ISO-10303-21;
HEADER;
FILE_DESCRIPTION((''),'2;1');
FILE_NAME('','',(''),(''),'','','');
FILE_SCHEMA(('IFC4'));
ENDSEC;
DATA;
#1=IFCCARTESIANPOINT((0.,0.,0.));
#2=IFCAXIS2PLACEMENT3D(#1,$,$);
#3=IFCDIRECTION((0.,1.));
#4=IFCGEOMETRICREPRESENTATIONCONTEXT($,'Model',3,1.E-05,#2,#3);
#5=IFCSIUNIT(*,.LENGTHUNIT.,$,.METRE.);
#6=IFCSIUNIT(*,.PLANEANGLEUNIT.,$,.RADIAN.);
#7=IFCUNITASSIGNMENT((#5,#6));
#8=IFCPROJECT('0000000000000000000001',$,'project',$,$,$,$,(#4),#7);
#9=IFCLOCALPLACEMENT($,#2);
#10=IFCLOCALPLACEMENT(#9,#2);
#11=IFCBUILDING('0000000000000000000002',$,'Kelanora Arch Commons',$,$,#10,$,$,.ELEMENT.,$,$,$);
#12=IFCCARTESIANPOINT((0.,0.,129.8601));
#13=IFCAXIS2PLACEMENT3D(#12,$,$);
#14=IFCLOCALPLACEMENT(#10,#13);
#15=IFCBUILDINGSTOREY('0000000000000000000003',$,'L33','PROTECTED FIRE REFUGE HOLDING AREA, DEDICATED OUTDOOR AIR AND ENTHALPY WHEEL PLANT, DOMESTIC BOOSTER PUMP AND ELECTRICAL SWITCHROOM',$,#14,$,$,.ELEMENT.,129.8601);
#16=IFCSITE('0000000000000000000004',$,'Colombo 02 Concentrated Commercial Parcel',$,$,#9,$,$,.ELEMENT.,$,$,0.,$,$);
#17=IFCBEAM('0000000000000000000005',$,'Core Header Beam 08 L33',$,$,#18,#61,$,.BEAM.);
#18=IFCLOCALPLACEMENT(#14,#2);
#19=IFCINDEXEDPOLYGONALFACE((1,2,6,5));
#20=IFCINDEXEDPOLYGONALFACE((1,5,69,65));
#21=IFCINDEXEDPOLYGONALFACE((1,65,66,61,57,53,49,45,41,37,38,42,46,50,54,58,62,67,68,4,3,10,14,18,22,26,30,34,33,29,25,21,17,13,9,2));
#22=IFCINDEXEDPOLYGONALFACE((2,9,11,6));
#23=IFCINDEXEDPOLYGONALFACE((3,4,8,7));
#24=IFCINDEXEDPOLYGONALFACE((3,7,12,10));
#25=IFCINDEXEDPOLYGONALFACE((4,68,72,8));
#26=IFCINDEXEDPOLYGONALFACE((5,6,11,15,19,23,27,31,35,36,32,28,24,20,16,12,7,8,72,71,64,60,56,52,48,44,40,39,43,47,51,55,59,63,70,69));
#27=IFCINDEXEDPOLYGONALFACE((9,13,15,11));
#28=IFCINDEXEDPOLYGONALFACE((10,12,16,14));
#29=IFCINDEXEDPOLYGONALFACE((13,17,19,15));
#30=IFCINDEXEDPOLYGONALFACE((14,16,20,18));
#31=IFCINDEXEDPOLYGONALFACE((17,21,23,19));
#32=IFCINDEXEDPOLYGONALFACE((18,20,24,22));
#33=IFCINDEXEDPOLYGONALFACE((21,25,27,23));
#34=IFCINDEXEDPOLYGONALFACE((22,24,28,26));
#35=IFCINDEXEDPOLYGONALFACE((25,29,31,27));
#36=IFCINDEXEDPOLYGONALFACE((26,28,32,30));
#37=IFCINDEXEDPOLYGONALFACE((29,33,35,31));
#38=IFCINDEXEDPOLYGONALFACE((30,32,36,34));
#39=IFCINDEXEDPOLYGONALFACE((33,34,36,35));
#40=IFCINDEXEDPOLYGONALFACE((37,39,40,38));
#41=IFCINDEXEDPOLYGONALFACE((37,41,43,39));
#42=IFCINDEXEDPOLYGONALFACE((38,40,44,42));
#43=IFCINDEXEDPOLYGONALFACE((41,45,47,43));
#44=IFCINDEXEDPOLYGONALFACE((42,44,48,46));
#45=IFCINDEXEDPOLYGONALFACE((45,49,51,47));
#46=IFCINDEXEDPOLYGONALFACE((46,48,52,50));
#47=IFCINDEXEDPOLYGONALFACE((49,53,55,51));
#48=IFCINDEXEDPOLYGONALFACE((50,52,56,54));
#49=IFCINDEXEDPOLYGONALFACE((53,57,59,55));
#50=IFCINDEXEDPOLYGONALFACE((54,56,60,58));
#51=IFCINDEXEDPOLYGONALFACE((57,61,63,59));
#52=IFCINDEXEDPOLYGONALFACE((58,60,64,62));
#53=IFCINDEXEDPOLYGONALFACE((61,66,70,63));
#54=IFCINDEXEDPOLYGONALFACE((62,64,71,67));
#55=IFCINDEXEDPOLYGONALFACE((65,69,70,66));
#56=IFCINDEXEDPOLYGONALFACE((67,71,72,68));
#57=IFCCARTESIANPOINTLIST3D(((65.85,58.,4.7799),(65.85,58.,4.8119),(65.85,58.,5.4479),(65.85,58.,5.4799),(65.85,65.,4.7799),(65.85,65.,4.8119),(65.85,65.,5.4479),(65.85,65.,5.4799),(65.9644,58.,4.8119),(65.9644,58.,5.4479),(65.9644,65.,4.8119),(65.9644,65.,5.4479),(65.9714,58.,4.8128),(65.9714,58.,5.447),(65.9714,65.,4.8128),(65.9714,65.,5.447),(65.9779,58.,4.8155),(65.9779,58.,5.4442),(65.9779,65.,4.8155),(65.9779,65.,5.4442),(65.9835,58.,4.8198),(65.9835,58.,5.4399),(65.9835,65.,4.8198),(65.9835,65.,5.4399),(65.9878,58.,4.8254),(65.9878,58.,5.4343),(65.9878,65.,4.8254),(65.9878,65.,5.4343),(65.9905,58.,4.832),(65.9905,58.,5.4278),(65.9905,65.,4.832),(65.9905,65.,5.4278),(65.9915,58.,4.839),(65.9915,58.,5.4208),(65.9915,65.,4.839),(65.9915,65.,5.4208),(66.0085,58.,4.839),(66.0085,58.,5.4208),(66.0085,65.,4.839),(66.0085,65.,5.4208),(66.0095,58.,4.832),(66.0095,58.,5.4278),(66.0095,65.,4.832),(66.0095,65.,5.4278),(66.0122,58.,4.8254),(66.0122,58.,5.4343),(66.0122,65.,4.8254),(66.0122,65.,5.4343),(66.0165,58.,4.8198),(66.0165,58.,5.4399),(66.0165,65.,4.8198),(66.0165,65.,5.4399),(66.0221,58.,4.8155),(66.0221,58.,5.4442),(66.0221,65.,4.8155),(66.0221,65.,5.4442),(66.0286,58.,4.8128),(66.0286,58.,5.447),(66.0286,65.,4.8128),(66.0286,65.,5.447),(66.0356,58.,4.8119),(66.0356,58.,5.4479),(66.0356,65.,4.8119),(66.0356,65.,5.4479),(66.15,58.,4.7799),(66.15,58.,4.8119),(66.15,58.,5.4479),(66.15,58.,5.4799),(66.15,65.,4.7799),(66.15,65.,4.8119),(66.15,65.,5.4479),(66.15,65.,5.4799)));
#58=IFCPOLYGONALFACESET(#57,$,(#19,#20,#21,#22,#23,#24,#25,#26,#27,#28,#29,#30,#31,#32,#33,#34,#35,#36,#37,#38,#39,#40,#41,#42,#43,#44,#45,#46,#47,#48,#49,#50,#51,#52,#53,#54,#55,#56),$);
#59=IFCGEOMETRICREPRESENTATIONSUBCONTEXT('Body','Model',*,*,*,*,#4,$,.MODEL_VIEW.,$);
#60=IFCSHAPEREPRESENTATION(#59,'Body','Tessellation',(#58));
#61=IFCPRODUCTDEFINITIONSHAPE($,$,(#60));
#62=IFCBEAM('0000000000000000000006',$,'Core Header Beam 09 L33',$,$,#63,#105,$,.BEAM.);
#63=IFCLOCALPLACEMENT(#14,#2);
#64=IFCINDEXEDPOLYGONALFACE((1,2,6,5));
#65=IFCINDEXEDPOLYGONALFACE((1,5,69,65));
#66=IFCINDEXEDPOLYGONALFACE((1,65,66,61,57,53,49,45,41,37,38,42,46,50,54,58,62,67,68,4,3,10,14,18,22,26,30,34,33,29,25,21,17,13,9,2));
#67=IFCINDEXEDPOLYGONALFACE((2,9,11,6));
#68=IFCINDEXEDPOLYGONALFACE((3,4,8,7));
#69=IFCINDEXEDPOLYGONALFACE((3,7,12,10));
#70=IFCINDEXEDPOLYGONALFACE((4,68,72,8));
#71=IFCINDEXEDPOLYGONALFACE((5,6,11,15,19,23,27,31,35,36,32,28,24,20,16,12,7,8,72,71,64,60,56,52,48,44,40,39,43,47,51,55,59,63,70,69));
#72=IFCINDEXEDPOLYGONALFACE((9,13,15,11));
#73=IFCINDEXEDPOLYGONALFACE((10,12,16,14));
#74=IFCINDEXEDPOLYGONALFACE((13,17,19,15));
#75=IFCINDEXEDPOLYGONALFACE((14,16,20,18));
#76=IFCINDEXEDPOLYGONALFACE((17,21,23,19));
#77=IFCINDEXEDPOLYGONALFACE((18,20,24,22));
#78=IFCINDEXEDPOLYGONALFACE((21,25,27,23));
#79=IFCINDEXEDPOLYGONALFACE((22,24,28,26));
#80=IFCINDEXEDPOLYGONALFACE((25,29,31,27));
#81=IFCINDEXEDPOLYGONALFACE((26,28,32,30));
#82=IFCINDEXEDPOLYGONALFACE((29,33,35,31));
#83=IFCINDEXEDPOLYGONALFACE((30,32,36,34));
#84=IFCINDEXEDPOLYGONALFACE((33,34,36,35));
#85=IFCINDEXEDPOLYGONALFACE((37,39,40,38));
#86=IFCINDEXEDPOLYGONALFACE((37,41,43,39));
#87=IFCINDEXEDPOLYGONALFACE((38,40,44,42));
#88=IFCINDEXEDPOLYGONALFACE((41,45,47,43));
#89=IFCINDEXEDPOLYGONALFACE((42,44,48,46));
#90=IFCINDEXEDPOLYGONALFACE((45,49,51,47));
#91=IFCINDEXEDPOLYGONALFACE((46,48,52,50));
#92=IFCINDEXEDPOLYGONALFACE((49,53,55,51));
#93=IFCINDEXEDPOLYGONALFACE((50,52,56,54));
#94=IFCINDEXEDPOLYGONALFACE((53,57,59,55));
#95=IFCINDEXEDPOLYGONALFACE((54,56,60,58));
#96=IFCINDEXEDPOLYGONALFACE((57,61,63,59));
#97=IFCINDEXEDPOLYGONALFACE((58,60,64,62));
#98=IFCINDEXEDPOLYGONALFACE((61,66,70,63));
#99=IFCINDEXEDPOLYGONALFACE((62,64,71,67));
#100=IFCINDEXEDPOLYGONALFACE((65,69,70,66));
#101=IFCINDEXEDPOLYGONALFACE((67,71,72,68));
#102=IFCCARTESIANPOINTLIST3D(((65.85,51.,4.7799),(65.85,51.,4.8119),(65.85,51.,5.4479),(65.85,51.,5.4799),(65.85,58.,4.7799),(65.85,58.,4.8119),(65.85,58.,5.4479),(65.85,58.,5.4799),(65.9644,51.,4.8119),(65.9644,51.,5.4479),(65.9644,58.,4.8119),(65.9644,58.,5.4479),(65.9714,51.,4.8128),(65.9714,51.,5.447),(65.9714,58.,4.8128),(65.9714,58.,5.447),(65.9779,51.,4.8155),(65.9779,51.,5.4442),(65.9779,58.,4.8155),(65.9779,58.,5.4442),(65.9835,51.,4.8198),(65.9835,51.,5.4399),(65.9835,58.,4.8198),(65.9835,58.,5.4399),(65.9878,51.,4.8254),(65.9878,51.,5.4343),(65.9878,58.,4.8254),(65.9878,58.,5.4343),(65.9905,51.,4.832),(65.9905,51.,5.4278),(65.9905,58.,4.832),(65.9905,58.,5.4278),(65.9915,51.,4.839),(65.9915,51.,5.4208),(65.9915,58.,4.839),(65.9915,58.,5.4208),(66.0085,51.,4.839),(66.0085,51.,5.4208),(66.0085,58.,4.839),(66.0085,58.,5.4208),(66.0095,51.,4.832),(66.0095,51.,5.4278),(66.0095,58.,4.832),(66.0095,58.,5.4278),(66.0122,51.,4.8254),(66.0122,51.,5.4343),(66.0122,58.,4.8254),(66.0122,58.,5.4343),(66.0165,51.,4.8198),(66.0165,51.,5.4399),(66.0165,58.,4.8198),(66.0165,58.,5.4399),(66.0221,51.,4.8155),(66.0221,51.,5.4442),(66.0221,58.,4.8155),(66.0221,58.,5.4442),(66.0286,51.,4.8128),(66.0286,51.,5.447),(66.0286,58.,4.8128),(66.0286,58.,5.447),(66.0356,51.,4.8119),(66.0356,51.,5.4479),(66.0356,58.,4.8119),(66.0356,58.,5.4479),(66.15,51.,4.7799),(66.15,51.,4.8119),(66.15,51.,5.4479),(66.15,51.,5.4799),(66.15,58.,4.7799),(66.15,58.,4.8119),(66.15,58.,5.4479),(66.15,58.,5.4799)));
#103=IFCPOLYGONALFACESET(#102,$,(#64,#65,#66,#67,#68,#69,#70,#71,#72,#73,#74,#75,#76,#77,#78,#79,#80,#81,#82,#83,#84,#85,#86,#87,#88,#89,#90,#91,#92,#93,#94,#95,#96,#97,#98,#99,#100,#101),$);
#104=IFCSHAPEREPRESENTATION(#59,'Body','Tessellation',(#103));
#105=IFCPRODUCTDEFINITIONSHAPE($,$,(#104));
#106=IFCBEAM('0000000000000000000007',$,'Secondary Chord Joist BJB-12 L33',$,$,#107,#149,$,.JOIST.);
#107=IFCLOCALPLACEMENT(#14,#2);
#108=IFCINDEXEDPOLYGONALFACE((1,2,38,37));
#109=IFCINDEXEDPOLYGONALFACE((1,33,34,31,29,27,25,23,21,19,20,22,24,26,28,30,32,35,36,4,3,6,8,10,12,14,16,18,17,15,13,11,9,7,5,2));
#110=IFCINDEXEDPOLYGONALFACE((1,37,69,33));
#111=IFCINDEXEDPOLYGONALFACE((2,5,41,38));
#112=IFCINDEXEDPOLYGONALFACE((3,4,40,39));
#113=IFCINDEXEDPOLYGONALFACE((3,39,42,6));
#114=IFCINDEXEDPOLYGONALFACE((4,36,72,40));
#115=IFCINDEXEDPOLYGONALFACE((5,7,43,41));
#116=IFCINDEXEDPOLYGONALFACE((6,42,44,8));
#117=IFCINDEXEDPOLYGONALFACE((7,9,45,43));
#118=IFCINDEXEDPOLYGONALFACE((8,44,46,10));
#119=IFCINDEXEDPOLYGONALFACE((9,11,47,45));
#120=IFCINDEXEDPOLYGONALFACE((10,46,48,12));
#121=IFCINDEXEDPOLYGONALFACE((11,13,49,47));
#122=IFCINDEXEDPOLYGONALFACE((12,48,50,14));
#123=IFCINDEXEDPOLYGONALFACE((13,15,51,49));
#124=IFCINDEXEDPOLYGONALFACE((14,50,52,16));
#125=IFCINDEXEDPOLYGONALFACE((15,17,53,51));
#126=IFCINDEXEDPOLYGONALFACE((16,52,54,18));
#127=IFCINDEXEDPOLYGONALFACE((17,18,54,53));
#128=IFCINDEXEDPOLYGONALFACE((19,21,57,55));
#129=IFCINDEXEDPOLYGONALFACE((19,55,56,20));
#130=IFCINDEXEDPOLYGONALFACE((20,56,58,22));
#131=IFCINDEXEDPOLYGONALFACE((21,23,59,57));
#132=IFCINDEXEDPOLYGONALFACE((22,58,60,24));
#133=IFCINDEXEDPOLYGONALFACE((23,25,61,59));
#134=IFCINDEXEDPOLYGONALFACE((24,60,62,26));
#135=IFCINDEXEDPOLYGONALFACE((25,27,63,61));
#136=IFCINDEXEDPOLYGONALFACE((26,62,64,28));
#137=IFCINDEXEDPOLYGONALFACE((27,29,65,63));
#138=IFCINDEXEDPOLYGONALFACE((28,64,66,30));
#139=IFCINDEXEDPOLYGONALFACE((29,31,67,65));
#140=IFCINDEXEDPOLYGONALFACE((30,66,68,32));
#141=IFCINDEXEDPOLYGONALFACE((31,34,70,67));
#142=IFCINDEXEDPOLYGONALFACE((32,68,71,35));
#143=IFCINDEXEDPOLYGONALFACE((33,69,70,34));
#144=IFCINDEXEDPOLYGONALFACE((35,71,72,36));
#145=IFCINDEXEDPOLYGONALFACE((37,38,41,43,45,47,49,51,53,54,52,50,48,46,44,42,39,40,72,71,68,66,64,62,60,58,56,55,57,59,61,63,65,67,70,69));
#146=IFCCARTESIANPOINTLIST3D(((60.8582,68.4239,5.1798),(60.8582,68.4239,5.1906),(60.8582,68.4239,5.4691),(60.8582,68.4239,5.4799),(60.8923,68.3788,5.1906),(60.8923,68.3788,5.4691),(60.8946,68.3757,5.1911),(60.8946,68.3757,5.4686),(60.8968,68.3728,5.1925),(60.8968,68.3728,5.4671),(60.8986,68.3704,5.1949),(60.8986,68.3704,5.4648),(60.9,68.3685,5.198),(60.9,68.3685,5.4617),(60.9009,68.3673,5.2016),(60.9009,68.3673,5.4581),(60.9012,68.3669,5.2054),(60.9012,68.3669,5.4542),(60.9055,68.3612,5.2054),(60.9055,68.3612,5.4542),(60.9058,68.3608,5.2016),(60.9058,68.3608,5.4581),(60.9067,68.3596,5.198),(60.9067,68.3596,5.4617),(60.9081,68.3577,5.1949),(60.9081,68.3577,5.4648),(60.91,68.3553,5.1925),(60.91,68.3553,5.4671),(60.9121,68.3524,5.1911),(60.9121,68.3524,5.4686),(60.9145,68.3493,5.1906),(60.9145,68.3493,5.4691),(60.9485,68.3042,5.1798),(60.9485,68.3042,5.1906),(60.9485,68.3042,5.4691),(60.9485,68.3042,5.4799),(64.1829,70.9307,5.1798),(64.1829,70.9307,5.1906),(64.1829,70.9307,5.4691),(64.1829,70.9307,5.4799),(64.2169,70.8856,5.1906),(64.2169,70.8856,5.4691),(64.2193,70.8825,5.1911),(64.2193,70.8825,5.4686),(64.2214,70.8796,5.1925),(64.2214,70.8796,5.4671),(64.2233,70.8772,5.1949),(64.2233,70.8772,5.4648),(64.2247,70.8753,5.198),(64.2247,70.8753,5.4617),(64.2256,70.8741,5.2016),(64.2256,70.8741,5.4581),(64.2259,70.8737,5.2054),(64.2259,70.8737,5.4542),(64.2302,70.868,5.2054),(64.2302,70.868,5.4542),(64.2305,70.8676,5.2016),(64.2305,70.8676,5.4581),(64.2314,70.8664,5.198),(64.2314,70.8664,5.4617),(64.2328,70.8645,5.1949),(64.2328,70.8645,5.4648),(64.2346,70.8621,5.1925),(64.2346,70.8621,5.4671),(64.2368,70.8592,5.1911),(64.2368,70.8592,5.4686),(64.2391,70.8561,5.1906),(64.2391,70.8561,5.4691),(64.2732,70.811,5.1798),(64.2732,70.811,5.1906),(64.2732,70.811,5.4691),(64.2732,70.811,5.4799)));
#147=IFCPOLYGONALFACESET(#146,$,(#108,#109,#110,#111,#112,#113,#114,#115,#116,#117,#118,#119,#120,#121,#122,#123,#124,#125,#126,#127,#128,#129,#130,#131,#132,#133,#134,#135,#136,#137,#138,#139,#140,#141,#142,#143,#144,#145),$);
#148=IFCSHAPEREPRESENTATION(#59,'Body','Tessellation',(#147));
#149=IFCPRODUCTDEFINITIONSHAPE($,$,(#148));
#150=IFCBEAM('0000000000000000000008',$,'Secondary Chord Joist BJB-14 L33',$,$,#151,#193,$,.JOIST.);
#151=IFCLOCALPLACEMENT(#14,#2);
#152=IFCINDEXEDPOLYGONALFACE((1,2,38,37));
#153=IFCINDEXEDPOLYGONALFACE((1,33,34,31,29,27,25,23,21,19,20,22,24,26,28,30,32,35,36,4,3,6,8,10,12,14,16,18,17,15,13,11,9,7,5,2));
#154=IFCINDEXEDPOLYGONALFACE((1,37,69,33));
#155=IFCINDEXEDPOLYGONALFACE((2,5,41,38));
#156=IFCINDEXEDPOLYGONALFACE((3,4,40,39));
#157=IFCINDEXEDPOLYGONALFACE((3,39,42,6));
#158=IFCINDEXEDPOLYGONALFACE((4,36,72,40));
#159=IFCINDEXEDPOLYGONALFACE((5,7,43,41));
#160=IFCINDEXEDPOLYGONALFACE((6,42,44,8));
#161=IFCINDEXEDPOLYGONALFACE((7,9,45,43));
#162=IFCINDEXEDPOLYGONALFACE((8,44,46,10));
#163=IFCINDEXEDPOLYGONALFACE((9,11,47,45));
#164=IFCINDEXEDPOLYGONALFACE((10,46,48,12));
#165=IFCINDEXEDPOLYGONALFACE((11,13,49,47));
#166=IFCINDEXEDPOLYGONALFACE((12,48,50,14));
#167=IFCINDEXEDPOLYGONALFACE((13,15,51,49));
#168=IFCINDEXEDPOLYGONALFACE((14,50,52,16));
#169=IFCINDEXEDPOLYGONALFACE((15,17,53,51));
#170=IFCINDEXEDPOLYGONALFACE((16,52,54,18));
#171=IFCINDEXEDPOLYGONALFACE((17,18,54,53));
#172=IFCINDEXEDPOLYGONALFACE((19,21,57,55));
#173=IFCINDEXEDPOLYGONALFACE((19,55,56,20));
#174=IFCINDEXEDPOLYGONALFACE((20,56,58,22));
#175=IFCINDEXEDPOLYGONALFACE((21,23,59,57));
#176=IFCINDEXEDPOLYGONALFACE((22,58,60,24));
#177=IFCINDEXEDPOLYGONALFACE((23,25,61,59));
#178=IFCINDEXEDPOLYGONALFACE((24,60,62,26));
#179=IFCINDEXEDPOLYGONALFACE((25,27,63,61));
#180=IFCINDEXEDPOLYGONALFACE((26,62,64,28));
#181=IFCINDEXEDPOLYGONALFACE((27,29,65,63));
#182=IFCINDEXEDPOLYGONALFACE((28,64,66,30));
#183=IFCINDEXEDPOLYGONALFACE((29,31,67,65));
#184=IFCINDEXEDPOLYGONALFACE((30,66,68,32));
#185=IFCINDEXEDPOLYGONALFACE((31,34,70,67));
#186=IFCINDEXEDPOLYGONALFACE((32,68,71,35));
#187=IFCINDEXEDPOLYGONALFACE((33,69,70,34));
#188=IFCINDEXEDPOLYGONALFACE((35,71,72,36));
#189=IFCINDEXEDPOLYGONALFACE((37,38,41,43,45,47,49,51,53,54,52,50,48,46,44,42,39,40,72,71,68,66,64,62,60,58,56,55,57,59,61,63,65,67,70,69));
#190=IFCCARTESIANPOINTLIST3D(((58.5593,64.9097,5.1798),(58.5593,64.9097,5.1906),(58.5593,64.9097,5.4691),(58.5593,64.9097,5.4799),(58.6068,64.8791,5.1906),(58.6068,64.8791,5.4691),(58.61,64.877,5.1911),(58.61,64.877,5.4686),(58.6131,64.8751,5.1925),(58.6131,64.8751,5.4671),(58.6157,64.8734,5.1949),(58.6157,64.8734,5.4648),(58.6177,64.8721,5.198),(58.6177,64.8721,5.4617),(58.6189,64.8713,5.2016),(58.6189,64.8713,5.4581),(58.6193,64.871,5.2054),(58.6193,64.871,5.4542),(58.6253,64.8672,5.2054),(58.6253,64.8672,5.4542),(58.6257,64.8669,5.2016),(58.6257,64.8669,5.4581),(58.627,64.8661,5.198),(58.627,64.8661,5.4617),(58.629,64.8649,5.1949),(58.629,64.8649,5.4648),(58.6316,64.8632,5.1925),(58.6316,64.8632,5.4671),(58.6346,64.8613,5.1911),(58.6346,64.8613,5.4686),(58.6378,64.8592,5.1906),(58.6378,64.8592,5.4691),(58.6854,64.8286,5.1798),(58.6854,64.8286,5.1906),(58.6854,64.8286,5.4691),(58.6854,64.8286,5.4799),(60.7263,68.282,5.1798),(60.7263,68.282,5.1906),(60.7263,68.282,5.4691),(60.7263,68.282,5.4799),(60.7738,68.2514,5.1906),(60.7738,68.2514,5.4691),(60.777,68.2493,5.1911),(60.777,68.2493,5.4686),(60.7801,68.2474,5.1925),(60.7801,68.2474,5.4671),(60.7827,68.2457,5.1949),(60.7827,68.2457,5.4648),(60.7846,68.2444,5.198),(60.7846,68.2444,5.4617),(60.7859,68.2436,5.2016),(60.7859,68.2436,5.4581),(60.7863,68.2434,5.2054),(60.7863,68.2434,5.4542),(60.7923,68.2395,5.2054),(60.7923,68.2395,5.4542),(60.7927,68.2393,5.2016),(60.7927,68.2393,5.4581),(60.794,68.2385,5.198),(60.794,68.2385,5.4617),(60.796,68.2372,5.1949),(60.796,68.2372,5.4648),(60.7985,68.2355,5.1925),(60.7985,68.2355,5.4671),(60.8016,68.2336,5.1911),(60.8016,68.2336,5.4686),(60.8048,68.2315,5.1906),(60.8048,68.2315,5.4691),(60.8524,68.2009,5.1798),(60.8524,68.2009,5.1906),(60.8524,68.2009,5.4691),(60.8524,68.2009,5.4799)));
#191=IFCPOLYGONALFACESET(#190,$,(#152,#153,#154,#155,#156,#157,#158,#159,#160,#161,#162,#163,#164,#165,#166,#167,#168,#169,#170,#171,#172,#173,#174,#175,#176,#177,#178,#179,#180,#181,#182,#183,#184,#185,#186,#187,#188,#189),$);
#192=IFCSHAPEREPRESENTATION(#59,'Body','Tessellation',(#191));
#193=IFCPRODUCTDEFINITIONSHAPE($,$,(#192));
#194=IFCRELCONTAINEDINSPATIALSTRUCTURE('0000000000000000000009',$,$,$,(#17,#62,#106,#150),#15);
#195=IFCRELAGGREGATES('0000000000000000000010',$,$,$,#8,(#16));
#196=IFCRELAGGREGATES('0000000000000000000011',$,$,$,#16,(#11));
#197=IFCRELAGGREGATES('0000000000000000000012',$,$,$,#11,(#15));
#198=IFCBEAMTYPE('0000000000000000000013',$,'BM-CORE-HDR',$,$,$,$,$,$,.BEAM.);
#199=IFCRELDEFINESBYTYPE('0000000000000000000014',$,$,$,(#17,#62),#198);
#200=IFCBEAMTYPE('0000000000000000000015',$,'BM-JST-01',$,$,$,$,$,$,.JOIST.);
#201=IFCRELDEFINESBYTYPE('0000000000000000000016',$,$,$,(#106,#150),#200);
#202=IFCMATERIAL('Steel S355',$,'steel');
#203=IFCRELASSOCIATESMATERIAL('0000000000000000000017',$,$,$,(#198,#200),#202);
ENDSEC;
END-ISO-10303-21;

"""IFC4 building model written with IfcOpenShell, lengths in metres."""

from ifc_helpers import new_model, si_unit, direction, frame, origin, origin_2d, place, context, subcontext, project, spatial, i_section, extrude, material, material_profile, profile_set, type_object, element, save


model = new_model("IFC4")

# Units and contexts
model_context = context("Model", 3, precision=1e-05, world=origin(), true_north=direction((0.0, 1.0)))
body_context = subcontext(model_context, "Body", "Model", "MODEL_VIEW")
ifc_project = project(units=[si_unit("LENGTHUNIT", "METRE"), si_unit("PLANEANGLEUNIT", "RADIAN")], contexts=[model_context])

# Site, building, storey
site_placement = place(None, origin())
site = spatial("IfcSite", under=ifc_project, at=site_placement, Name="Colombo 02 Concentrated Commercial Parcel", CompositionType="ELEMENT", RefElevation=0.0)
building_placement = place(site_placement, origin())
building = spatial("IfcBuilding", under=site, at=building_placement, Name="Kelanora Arch Commons", CompositionType="ELEMENT")
storey_placement = place(building_placement, frame((0.0, 0.0, 129.8601)))
storey = spatial("IfcBuildingStorey", under=building, at=storey_placement, Name="L33", Description="PROTECTED FIRE REFUGE HOLDING AREA, DEDICATED OUTDOOR AIR AND ENTHALPY WHEEL PLANT, DOMESTIC BOOSTER PUMP AND ELECTRICAL SWITCHROOM", CompositionType="ELEMENT", Elevation=129.8601)

# Beams
ifc_material_1 = material(Name="Steel S355", Category="steel")
ifc_material_profile_1 = material_profile(ifc_material_1, i_section(OverallWidth=0.3, OverallDepth=0.7, WebThickness=0.0171, FlangeThickness=0.032, FilletRadius=0.0271, at=origin_2d()), Name="HEB700")
ifc_profile_set_1 = profile_set([ifc_material_profile_1], Name="Steel S355")
beam_type_1 = type_object("IfcBeamType", Name="BM-CORE-HDR", PredefinedType="BEAM", material=ifc_profile_set_1)
for number, where, z_axis, x_axis, name in (
    (1, (66.0, 65.0, 5.1299), (0.0, -1.0, 0.0), (1.0, 0.0, 0.0), "Core Header Beam 08 L33"),
    (2, (66.0, 58.0, 5.1299), (0.0, -1.0, 0.0), (1.0, 0.0, 0.0), "Core Header Beam 09 L33"),
):
    element("IfcBeam", number, at=place(storey_placement, frame(where, z_axis=z_axis, x_axis=x_axis)), inside=storey, type_object=beam_type_1, Name=name, PredefinedType="BEAM", context=body_context, shape_type="SweptSolid", body=[
        extrude(i_section(OverallWidth=0.3, OverallDepth=0.7, WebThickness=0.0171, FlangeThickness=0.032, FilletRadius=0.0271, at=origin_2d()), origin(), (0.0, 0.0, 1.0), 7.0),
    ])
ifc_material_profile_2 = material_profile(ifc_material_1, i_section(OverallWidth=0.1499, OverallDepth=0.3, WebThickness=0.0071, FlangeThickness=0.0107, FilletRadius=0.0149, at=origin_2d()), Name="IPE300")
ifc_profile_set_2 = profile_set([ifc_material_profile_2], Name="Steel S355")
beam_type_2 = type_object("IfcBeamType", Name="BM-JST-01", PredefinedType="JOIST", material=ifc_profile_set_2)
beam_1_placement = place(storey_placement, frame((64.228, 70.8708, 5.3298), z_axis=(-0.798464, -0.602043, 0.0), x_axis=(0.602043, -0.798464, 0.0)))
element("IfcBeam", 3, at=beam_1_placement, inside=storey, type_object=beam_type_2, Name="Secondary Chord Joist BJB-12 L33", PredefinedType="JOIST", context=body_context, shape_type="SweptSolid", body=[
    extrude(i_section(OverallWidth=0.1499, OverallDepth=0.3, WebThickness=0.0071, FlangeThickness=0.0107, FilletRadius=0.0149, at=origin_2d()), origin(), (0.0, 0.0, 1.0), 4.1638),
])
beam_2_placement = place(storey_placement, frame((60.7893, 68.2415, 5.3298), z_axis=(-0.540594, -0.841283, 0.0), x_axis=(0.841283, -0.540594, 0.0)))
element("IfcBeam", 4, at=beam_2_placement, inside=storey, type_object=beam_type_2, Name="Secondary Chord Joist BJB-14 L33", PredefinedType="JOIST", context=body_context, shape_type="SweptSolid", body=[
    extrude(i_section(OverallWidth=0.1499, OverallDepth=0.3, WebThickness=0.0071, FlangeThickness=0.0107, FilletRadius=0.0149, at=origin_2d()), origin(), (0.0, 0.0, 1.0), 4.0085),
])

save(model, "model.ifc")
